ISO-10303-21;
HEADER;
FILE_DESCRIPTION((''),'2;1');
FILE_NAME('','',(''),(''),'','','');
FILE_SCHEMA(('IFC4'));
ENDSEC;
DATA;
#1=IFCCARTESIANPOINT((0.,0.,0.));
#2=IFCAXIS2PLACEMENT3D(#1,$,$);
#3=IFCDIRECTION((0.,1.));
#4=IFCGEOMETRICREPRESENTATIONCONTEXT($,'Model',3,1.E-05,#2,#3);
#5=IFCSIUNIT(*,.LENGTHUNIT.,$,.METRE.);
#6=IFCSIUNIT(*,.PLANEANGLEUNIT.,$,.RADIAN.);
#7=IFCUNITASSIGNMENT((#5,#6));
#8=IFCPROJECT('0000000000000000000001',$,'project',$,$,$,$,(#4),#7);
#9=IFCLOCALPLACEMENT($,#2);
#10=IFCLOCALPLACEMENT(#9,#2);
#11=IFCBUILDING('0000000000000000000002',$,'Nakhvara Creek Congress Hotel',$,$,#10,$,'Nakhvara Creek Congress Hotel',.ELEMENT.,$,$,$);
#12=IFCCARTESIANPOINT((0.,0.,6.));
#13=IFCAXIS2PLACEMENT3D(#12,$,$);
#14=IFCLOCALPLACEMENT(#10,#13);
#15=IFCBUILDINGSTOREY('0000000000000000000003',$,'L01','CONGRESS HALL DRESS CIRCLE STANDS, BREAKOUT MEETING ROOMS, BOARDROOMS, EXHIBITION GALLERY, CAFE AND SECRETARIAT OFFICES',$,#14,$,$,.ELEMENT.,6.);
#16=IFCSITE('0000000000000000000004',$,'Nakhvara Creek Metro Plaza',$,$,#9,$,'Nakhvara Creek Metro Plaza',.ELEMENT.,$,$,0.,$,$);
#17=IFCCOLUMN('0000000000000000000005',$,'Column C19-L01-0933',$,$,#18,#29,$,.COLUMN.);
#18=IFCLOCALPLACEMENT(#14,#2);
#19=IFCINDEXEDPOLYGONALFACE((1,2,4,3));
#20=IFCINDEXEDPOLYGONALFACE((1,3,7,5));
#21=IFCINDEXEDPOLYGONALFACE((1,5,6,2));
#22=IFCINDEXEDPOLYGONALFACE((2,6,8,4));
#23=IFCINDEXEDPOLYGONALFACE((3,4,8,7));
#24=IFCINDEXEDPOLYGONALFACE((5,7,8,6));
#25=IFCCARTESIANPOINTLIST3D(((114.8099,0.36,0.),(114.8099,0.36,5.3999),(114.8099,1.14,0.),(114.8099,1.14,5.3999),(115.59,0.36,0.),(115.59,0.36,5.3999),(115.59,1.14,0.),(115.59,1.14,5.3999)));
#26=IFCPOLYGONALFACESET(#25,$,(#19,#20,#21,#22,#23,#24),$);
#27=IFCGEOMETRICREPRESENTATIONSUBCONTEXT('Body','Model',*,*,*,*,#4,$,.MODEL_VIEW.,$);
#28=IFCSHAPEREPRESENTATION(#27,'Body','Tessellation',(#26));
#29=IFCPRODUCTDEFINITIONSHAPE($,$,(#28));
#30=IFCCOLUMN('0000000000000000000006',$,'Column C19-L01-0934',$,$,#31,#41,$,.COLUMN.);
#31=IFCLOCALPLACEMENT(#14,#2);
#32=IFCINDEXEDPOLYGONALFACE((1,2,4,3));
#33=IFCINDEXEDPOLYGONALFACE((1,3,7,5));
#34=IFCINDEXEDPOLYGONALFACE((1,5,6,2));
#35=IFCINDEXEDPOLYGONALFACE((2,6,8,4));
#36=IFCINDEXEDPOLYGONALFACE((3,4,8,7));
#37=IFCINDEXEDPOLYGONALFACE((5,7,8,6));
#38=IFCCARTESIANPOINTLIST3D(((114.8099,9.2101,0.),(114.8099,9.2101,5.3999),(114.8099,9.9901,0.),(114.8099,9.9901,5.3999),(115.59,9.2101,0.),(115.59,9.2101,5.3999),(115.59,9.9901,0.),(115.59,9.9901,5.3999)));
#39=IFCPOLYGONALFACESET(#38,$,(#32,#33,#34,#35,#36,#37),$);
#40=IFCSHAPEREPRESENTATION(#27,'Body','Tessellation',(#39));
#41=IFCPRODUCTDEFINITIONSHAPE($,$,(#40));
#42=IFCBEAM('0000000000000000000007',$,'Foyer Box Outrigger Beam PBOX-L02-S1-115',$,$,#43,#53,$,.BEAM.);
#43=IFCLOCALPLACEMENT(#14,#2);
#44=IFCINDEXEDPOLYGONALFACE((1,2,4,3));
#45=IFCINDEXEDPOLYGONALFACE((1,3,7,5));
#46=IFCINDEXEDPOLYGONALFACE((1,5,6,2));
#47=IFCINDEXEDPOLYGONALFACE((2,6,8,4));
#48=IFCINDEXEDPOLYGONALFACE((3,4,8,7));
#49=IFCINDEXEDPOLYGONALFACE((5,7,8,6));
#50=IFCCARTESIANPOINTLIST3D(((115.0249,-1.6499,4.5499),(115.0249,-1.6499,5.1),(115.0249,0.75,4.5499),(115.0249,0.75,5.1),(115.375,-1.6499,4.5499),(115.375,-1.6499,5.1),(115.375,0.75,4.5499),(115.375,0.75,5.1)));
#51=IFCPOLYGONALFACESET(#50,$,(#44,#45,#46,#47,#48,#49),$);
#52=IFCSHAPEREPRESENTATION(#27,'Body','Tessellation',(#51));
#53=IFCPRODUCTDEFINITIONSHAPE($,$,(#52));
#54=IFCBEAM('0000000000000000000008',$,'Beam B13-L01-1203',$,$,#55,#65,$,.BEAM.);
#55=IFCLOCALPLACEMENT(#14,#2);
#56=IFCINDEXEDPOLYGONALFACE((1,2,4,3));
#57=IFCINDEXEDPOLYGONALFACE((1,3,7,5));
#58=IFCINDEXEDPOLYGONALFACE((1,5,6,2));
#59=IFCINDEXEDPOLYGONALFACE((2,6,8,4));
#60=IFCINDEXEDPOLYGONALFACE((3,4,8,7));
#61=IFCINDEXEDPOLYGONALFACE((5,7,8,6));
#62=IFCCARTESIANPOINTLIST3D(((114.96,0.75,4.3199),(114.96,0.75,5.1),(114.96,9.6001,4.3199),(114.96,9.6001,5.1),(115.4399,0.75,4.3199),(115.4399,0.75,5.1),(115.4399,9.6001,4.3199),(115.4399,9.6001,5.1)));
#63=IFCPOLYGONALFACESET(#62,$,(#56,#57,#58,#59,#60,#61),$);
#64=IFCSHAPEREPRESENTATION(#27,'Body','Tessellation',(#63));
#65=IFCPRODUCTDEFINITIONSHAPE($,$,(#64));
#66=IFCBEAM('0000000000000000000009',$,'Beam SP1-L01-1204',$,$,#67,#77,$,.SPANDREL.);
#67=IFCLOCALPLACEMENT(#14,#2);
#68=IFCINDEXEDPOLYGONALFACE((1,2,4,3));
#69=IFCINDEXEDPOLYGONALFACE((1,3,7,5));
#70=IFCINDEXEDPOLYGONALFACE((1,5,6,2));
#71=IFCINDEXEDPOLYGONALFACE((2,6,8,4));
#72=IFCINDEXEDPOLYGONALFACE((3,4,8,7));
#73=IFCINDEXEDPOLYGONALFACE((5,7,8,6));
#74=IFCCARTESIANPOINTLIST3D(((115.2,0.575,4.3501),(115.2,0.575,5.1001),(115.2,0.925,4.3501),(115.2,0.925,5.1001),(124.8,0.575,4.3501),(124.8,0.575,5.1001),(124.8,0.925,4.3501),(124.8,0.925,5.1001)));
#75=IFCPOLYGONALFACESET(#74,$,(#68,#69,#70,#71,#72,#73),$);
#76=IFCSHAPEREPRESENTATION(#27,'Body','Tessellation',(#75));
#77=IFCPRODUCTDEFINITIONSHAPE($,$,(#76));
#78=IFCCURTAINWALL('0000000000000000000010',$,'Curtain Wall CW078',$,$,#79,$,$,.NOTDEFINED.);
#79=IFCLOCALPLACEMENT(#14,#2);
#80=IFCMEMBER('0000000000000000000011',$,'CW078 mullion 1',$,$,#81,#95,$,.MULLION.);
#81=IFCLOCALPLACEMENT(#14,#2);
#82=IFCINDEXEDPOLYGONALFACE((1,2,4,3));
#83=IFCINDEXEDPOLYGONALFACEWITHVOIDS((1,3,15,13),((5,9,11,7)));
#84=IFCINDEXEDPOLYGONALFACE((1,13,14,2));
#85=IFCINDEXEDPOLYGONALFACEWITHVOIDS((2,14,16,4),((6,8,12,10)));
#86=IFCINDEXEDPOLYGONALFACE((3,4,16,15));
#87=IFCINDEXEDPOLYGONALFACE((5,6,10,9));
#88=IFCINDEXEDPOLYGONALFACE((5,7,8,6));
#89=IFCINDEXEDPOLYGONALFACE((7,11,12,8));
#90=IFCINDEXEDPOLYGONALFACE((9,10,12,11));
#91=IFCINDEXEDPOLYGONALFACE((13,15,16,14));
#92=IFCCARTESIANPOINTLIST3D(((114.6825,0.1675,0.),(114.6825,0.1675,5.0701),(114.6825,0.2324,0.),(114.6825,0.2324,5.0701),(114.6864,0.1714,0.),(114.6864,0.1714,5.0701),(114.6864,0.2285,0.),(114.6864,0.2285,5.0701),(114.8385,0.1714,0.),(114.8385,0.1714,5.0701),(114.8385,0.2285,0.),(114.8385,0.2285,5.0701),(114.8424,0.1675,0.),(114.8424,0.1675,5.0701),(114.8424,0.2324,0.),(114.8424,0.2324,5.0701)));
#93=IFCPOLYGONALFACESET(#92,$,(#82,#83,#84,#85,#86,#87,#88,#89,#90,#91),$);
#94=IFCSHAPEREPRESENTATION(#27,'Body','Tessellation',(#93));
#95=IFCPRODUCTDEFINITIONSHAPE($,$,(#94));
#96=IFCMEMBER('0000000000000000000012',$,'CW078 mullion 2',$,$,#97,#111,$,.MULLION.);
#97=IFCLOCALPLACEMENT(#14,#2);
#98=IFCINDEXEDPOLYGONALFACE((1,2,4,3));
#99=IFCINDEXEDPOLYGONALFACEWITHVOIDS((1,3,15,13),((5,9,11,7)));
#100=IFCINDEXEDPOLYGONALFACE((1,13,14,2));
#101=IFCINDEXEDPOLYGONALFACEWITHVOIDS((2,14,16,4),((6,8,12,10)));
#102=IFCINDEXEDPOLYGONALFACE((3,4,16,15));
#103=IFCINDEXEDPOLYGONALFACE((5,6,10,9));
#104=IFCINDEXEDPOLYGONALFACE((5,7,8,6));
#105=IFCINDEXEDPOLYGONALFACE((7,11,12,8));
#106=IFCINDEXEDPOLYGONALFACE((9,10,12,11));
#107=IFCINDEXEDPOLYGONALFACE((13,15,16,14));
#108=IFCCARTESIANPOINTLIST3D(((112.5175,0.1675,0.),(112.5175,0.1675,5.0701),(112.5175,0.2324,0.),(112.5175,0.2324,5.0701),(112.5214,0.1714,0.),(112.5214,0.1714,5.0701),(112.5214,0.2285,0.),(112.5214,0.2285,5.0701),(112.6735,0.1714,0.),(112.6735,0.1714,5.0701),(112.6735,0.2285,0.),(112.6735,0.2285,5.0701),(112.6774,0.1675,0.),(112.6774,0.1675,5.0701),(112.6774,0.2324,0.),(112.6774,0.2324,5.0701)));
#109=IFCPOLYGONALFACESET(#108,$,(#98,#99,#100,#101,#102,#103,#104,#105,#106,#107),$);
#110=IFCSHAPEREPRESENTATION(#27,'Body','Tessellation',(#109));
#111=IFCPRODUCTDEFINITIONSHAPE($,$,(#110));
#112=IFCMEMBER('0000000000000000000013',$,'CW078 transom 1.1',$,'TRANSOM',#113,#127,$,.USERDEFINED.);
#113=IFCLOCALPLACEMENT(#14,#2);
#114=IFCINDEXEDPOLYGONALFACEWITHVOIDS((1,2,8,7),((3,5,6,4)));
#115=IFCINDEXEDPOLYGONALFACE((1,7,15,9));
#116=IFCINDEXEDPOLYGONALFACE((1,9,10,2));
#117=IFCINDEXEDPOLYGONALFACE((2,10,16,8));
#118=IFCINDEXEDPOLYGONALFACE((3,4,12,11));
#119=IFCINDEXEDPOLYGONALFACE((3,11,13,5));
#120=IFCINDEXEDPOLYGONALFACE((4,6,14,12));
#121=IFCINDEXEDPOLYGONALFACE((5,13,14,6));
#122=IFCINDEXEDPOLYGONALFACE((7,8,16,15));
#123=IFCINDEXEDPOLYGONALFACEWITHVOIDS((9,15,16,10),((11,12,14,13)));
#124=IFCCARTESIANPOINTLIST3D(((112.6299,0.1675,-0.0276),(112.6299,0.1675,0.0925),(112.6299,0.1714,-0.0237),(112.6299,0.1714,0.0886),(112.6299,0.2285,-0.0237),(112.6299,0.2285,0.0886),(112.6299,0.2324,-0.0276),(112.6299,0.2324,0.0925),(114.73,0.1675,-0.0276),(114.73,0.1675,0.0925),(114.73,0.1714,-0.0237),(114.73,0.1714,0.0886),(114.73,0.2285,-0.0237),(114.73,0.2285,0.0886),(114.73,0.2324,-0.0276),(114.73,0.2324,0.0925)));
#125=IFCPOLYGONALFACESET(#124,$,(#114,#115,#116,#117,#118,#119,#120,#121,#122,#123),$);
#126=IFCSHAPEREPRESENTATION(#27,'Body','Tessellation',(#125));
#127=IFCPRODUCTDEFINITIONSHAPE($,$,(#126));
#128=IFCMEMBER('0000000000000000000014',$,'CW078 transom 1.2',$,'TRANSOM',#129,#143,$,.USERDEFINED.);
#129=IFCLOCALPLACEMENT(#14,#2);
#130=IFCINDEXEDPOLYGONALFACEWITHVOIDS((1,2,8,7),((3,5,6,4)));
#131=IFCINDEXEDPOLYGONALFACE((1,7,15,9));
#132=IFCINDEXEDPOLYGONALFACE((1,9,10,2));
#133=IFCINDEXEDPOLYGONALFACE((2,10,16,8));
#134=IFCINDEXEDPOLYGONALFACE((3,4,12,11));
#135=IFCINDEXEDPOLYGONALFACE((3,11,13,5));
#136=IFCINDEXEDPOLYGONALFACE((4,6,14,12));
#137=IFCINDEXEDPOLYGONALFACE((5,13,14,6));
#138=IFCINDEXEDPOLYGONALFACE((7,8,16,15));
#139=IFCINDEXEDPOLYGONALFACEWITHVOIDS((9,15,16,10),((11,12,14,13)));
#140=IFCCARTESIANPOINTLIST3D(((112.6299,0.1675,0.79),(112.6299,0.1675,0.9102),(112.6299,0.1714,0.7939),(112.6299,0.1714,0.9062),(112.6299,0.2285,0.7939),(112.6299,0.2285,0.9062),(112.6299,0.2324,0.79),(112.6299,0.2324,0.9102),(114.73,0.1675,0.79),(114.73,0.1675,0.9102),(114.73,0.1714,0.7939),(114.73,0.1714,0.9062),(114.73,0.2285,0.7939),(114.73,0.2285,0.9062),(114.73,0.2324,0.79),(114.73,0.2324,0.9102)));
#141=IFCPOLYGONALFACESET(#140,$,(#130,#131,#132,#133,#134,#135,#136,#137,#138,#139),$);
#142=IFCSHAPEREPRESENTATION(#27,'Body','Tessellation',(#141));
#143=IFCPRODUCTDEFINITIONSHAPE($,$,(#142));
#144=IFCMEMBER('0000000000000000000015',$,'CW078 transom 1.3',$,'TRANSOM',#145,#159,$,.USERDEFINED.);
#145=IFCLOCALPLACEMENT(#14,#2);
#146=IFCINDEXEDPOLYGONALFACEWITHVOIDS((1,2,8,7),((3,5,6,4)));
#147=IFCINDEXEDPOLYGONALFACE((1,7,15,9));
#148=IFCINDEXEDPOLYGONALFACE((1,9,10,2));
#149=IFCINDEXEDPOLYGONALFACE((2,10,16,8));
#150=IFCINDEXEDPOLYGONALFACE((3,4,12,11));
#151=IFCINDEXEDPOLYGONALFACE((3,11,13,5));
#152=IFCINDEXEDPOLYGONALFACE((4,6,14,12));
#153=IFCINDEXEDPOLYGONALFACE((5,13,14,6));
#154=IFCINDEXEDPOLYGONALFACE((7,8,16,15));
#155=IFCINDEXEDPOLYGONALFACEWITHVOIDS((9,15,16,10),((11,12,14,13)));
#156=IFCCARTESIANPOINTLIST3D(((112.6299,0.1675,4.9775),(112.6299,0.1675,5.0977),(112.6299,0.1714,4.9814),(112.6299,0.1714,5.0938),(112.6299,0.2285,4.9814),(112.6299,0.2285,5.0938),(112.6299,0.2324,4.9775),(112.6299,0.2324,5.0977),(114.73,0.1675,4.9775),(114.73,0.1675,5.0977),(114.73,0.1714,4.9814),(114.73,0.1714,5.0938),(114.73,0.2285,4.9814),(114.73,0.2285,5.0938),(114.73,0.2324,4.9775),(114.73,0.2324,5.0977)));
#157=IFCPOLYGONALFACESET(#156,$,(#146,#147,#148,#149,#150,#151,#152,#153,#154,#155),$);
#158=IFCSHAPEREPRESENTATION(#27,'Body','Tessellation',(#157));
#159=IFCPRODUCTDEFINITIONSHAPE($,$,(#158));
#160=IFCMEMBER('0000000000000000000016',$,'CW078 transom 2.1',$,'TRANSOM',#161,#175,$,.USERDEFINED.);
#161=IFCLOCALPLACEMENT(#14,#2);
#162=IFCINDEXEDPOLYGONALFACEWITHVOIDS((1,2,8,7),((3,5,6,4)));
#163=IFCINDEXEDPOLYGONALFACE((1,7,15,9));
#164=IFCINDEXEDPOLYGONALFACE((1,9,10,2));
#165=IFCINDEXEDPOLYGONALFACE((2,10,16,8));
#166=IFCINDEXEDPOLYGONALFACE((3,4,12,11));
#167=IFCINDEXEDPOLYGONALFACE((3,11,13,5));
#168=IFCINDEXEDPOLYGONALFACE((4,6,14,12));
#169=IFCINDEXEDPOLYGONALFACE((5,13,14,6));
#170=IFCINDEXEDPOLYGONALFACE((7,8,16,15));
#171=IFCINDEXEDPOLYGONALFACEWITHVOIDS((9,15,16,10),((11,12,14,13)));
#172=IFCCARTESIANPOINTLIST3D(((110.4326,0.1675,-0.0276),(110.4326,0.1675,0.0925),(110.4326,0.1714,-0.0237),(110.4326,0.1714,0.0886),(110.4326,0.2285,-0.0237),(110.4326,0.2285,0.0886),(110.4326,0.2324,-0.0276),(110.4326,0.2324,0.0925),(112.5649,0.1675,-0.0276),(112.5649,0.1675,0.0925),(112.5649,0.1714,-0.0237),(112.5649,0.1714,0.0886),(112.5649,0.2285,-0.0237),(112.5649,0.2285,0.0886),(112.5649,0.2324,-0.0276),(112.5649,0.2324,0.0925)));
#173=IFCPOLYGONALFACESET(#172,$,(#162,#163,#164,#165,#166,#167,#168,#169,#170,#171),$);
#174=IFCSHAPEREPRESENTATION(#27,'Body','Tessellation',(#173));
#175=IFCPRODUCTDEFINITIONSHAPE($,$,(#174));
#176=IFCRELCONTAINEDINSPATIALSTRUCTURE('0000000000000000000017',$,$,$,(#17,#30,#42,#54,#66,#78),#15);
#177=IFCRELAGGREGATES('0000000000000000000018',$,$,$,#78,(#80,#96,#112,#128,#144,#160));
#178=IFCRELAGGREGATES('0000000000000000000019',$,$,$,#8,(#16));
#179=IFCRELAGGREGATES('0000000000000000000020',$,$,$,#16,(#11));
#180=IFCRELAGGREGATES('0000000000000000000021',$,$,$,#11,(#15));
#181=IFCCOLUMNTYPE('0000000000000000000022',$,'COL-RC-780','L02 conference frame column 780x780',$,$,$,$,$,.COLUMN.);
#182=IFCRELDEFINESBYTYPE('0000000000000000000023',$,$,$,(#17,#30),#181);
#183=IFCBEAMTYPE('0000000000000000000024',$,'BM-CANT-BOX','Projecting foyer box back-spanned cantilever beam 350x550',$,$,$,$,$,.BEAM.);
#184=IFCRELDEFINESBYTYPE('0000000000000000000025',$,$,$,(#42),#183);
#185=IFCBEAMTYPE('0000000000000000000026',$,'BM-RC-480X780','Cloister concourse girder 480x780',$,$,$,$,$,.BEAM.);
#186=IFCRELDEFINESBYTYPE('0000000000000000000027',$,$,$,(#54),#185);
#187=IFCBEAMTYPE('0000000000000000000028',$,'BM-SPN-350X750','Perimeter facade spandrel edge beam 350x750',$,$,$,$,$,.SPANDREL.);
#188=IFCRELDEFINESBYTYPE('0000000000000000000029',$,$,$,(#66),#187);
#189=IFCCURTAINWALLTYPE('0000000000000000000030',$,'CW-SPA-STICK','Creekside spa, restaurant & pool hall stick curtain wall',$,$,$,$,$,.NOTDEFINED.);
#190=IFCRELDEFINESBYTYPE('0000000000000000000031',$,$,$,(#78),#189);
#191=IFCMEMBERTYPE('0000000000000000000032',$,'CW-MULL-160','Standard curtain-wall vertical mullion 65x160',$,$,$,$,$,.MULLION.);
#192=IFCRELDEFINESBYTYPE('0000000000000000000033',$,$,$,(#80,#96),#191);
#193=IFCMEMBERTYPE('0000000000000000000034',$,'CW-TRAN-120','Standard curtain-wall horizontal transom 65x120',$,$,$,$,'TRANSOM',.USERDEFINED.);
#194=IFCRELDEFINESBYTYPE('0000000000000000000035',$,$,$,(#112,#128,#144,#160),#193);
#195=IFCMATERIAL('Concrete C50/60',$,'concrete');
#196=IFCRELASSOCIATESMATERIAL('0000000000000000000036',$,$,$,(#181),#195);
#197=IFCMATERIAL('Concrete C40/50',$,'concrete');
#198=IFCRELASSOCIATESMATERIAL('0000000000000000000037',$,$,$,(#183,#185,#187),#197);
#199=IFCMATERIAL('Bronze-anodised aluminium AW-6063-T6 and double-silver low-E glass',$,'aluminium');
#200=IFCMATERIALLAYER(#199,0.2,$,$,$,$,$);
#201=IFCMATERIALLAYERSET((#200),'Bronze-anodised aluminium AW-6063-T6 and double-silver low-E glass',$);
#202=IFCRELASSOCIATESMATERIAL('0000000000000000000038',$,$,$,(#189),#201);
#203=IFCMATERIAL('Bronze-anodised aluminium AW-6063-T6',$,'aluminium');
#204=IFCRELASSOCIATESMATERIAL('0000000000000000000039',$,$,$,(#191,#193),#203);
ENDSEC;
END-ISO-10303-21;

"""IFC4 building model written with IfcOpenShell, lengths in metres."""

from ifc_helpers import new_model, si_unit, direction, frame, origin, origin_2d, place, context, subcontext, project, spatial, rectangle, hollow_rectangle, extrude, material, layer, layer_set, material_profile, profile_set, type_object, element, aggregate, save


model = new_model("IFC4")

# Units and contexts
model_context = context("Model", 3, precision=1e-05, world=origin(), true_north=direction((0.0, 1.0)))
body_context = subcontext(model_context, "Body", "Model", "MODEL_VIEW")
ifc_project = project(units=[si_unit("LENGTHUNIT", "METRE"), si_unit("PLANEANGLEUNIT", "RADIAN")], contexts=[model_context])

# Site, building, storey
site_placement = place(None, origin())
site = spatial("IfcSite", under=ifc_project, at=site_placement, Name="Nakhvara Creek Metro Plaza", LongName="Nakhvara Creek Metro Plaza", CompositionType="ELEMENT", RefElevation=0.0)
building_placement = place(site_placement, origin())
building = spatial("IfcBuilding", under=site, at=building_placement, Name="Nakhvara Creek Congress Hotel", LongName="Nakhvara Creek Congress Hotel", CompositionType="ELEMENT")
storey_placement = place(building_placement, frame((0.0, 0.0, 6.0)))
storey = spatial("IfcBuildingStorey", under=building, at=storey_placement, Name="L01", Description="CONGRESS HALL DRESS CIRCLE STANDS, BREAKOUT MEETING ROOMS, BOARDROOMS, EXHIBITION GALLERY, CAFE AND SECRETARIAT OFFICES", CompositionType="ELEMENT", Elevation=6.0)

# Columns
ifc_material_1 = material(Name="Concrete C50/60", Category="concrete")
ifc_material_profile_1 = material_profile(ifc_material_1, rectangle(XDim=0.78, YDim=0.78, at=origin_2d()), Name="RC-COL 780x780", Category="LoadBearing")
ifc_profile_set_1 = profile_set([ifc_material_profile_1], Name="Concrete C50/60")
column_type = type_object("IfcColumnType", Name="COL-RC-780", Description="L02 conference frame column 780x780", PredefinedType="COLUMN", material=ifc_profile_set_1)
for number, where, z_axis, x_axis, name in (
    (1, (115.2, 0.75, 0.0), (0.0, 0.0, 1.0), (1.0, 0.0, 0.0), "Column C19-L01-0933"),
    (2, (115.2, 9.6001, 0.0), (0.0, 0.0, 1.0), (1.0, 0.0, 0.0), "Column C19-L01-0934"),
):
    element("IfcColumn", number, at=place(storey_placement, frame(where, z_axis=z_axis, x_axis=x_axis)), inside=storey, type_object=column_type, Name=name, PredefinedType="COLUMN", context=body_context, shape_type="SweptSolid", body=[
        extrude(rectangle(XDim=0.78, YDim=0.78, at=origin_2d()), origin(), (0.0, 0.0, 1.0), 5.3999),
    ])

# Beams
ifc_material_2 = material(Name="Concrete C40/50", Category="concrete")
ifc_material_profile_2 = material_profile(ifc_material_2, rectangle(XDim=0.3501, YDim=0.55, at=origin_2d()), Name="RC-BM 350x550", Category="LoadBearing")
ifc_profile_set_2 = profile_set([ifc_material_profile_2], Name="Concrete C40/50")
beam_type_1 = type_object("IfcBeamType", Name="BM-CANT-BOX", Description="Projecting foyer box back-spanned cantilever beam 350x550", PredefinedType="BEAM", material=ifc_profile_set_2)
beam_1_placement = place(storey_placement, frame((115.2, 0.75, 4.825), z_axis=(0.0, -1.0, 0.0), x_axis=(1.0, 0.0, 0.0)))
element("IfcBeam", 3, at=beam_1_placement, inside=storey, type_object=beam_type_1, Name="Foyer Box Outrigger Beam PBOX-L02-S1-115", PredefinedType="BEAM", context=body_context, shape_type="SweptSolid", body=[
    extrude(rectangle(XDim=0.3501, YDim=0.55, at=origin_2d()), origin(), (0.0, 0.0, 1.0), 2.3999),
])
ifc_material_profile_3 = material_profile(ifc_material_2, rectangle(XDim=0.48, YDim=0.78, at=origin_2d()), Name="RC-BM 480x780", Category="LoadBearing")
ifc_profile_set_3 = profile_set([ifc_material_profile_3], Name="Concrete C40/50")
beam_type_2 = type_object("IfcBeamType", Name="BM-RC-480X780", Description="Cloister concourse girder 480x780", PredefinedType="BEAM", material=ifc_profile_set_3)
beam_2_placement = place(storey_placement, frame((115.2, 0.75, 4.71), z_axis=(0.0, 1.0, 0.0), x_axis=(-1.0, 0.0, 0.0)))
element("IfcBeam", 4, at=beam_2_placement, inside=storey, type_object=beam_type_2, Name="Beam B13-L01-1203", PredefinedType="BEAM", context=body_context, shape_type="SweptSolid", body=[
    extrude(rectangle(XDim=0.48, YDim=0.78, at=origin_2d()), origin(), (0.0, 0.0, 1.0), 8.8501),
])
ifc_material_profile_4 = material_profile(ifc_material_2, rectangle(XDim=0.3501, YDim=0.75, at=origin_2d()), Name="RC-SPANDREL 350x750", Category="LoadBearing")
ifc_profile_set_4 = profile_set([ifc_material_profile_4], Name="Concrete C40/50")
beam_type_3 = type_object("IfcBeamType", Name="BM-SPN-350X750", Description="Perimeter facade spandrel edge beam 350x750", PredefinedType="SPANDREL", material=ifc_profile_set_4)
beam_3_placement = place(storey_placement, frame((115.2, 0.75, 4.7251), z_axis=(1.0, 0.0, 0.0), x_axis=(0.0, 1.0, 0.0)))
element("IfcBeam", 5, at=beam_3_placement, inside=storey, type_object=beam_type_3, Name="Beam SP1-L01-1204", PredefinedType="SPANDREL", context=body_context, shape_type="SweptSolid", body=[
    extrude(rectangle(XDim=0.3501, YDim=0.75, at=origin_2d()), origin(), (0.0, 0.0, 1.0), 9.6001),
])

# Curtain wall, members
ifc_material_3 = material(Name="Bronze-anodised aluminium AW-6063-T6 and double-silver low-E glass", Category="aluminium")
ifc_layer_1 = layer(ifc_material_3, 0.2)
ifc_layer_set_1 = layer_set([ifc_layer_1], Name="Bronze-anodised aluminium AW-6063-T6 and double-silver low-E glass")
curtain_wall_type = type_object("IfcCurtainWallType", Name="CW-SPA-STICK", Description="Creekside spa, restaurant & pool hall stick curtain wall", PredefinedType="NOTDEFINED", material=ifc_layer_set_1)
curtain_wall_placement = place(storey_placement, origin())
curtain_wall = element("IfcCurtainWall", 6, at=curtain_wall_placement, inside=storey, type_object=curtain_wall_type, Name="Curtain Wall CW078", PredefinedType="NOTDEFINED")
ifc_material_4 = material(Name="Bronze-anodised aluminium AW-6063-T6", Category="aluminium")
ifc_material_profile_5 = material_profile(ifc_material_4, hollow_rectangle(XDim=0.0649, YDim=0.1599, WallThickness=0.0039, at=origin_2d()), Name="ALU-MULL 65x160x4", Category="LoadBearing")
ifc_profile_set_5 = profile_set([ifc_material_profile_5], Name="Bronze-anodised aluminium AW-6063-T6")
member_type_1 = type_object("IfcMemberType", Name="CW-MULL-160", Description="Standard curtain-wall vertical mullion 65x160", PredefinedType="MULLION", material=ifc_profile_set_5)
member_1_placement = place(storey_placement, frame((114.7625, 0.2, 0.0), z_axis=(0.0, 0.0, 1.0), x_axis=(0.0, -1.0, 0.0)))
member_1 = element("IfcMember", 7, at=member_1_placement, type_object=member_type_1, Name="CW078 mullion 1", PredefinedType="MULLION", context=body_context, shape_type="SweptSolid", body=[
    extrude(hollow_rectangle(XDim=0.0649, YDim=0.1599, WallThickness=0.0039, at=origin_2d()), origin(), (0.0, 0.0, 1.0), 5.0701),
])
member_2_placement = place(storey_placement, frame((112.5974, 0.2, 0.0), z_axis=(0.0, 0.0, 1.0), x_axis=(0.0, -1.0, 0.0)))
member_2 = element("IfcMember", 8, at=member_2_placement, type_object=member_type_1, Name="CW078 mullion 2", PredefinedType="MULLION", context=body_context, shape_type="SweptSolid", body=[
    extrude(hollow_rectangle(XDim=0.0649, YDim=0.1599, WallThickness=0.0039, at=origin_2d()), origin(), (0.0, 0.0, 1.0), 5.0701),
])
ifc_material_profile_6 = material_profile(ifc_material_4, hollow_rectangle(XDim=0.0649, YDim=0.1201, WallThickness=0.0039, at=origin_2d()), Name="ALU-TRAN 65x120x4", Category="LoadBearing")
ifc_profile_set_6 = profile_set([ifc_material_profile_6], Name="Bronze-anodised aluminium AW-6063-T6")
member_type_2 = type_object("IfcMemberType", Name="CW-TRAN-120", Description="Standard curtain-wall horizontal transom 65x120", ElementType="TRANSOM", PredefinedType="USERDEFINED", material=ifc_profile_set_6)
member_3_placement = place(storey_placement, frame((114.73, 0.2, 0.0325), z_axis=(-1.0, 0.0, 0.0), x_axis=(0.0, -1.0, 0.0)))
member_3 = element("IfcMember", 9, at=member_3_placement, type_object=member_type_2, Name="CW078 transom 1.1", ObjectType="TRANSOM", PredefinedType="USERDEFINED", context=body_context, shape_type="SweptSolid", body=[
    extrude(hollow_rectangle(XDim=0.0649, YDim=0.1201, WallThickness=0.0039, at=origin_2d()), origin(), (0.0, 0.0, 1.0), 2.1001),
])
member_4_placement = place(storey_placement, frame((114.73, 0.2, 0.8501), z_axis=(-1.0, 0.0, 0.0), x_axis=(0.0, -1.0, 0.0)))
member_4 = element("IfcMember", 10, at=member_4_placement, type_object=member_type_2, Name="CW078 transom 1.2", ObjectType="TRANSOM", PredefinedType="USERDEFINED", context=body_context, shape_type="SweptSolid", body=[
    extrude(hollow_rectangle(XDim=0.0649, YDim=0.1201, WallThickness=0.0039, at=origin_2d()), origin(), (0.0, 0.0, 1.0), 2.1001),
])
member_5_placement = place(storey_placement, frame((114.73, 0.2, 5.0376), z_axis=(-1.0, 0.0, 0.0), x_axis=(0.0, -1.0, 0.0)))
member_5 = element("IfcMember", 11, at=member_5_placement, type_object=member_type_2, Name="CW078 transom 1.3", ObjectType="TRANSOM", PredefinedType="USERDEFINED", context=body_context, shape_type="SweptSolid", body=[
    extrude(hollow_rectangle(XDim=0.0649, YDim=0.1201, WallThickness=0.0039, at=origin_2d()), origin(), (0.0, 0.0, 1.0), 2.1001),
])
member_6_placement = place(storey_placement, frame((112.5649, 0.2, 0.0325), z_axis=(-1.0, 0.0, 0.0), x_axis=(0.0, -1.0, 0.0)))
member_6 = element("IfcMember", 12, at=member_6_placement, type_object=member_type_2, Name="CW078 transom 2.1", ObjectType="TRANSOM", PredefinedType="USERDEFINED", context=body_context, shape_type="SweptSolid", body=[
    extrude(hollow_rectangle(XDim=0.0649, YDim=0.1201, WallThickness=0.0039, at=origin_2d()), origin(), (0.0, 0.0, 1.0), 2.1323),
])
aggregate(curtain_wall, [member_1, member_2, member_3, member_4, member_5, member_6])

save(model, "model.ifc")
